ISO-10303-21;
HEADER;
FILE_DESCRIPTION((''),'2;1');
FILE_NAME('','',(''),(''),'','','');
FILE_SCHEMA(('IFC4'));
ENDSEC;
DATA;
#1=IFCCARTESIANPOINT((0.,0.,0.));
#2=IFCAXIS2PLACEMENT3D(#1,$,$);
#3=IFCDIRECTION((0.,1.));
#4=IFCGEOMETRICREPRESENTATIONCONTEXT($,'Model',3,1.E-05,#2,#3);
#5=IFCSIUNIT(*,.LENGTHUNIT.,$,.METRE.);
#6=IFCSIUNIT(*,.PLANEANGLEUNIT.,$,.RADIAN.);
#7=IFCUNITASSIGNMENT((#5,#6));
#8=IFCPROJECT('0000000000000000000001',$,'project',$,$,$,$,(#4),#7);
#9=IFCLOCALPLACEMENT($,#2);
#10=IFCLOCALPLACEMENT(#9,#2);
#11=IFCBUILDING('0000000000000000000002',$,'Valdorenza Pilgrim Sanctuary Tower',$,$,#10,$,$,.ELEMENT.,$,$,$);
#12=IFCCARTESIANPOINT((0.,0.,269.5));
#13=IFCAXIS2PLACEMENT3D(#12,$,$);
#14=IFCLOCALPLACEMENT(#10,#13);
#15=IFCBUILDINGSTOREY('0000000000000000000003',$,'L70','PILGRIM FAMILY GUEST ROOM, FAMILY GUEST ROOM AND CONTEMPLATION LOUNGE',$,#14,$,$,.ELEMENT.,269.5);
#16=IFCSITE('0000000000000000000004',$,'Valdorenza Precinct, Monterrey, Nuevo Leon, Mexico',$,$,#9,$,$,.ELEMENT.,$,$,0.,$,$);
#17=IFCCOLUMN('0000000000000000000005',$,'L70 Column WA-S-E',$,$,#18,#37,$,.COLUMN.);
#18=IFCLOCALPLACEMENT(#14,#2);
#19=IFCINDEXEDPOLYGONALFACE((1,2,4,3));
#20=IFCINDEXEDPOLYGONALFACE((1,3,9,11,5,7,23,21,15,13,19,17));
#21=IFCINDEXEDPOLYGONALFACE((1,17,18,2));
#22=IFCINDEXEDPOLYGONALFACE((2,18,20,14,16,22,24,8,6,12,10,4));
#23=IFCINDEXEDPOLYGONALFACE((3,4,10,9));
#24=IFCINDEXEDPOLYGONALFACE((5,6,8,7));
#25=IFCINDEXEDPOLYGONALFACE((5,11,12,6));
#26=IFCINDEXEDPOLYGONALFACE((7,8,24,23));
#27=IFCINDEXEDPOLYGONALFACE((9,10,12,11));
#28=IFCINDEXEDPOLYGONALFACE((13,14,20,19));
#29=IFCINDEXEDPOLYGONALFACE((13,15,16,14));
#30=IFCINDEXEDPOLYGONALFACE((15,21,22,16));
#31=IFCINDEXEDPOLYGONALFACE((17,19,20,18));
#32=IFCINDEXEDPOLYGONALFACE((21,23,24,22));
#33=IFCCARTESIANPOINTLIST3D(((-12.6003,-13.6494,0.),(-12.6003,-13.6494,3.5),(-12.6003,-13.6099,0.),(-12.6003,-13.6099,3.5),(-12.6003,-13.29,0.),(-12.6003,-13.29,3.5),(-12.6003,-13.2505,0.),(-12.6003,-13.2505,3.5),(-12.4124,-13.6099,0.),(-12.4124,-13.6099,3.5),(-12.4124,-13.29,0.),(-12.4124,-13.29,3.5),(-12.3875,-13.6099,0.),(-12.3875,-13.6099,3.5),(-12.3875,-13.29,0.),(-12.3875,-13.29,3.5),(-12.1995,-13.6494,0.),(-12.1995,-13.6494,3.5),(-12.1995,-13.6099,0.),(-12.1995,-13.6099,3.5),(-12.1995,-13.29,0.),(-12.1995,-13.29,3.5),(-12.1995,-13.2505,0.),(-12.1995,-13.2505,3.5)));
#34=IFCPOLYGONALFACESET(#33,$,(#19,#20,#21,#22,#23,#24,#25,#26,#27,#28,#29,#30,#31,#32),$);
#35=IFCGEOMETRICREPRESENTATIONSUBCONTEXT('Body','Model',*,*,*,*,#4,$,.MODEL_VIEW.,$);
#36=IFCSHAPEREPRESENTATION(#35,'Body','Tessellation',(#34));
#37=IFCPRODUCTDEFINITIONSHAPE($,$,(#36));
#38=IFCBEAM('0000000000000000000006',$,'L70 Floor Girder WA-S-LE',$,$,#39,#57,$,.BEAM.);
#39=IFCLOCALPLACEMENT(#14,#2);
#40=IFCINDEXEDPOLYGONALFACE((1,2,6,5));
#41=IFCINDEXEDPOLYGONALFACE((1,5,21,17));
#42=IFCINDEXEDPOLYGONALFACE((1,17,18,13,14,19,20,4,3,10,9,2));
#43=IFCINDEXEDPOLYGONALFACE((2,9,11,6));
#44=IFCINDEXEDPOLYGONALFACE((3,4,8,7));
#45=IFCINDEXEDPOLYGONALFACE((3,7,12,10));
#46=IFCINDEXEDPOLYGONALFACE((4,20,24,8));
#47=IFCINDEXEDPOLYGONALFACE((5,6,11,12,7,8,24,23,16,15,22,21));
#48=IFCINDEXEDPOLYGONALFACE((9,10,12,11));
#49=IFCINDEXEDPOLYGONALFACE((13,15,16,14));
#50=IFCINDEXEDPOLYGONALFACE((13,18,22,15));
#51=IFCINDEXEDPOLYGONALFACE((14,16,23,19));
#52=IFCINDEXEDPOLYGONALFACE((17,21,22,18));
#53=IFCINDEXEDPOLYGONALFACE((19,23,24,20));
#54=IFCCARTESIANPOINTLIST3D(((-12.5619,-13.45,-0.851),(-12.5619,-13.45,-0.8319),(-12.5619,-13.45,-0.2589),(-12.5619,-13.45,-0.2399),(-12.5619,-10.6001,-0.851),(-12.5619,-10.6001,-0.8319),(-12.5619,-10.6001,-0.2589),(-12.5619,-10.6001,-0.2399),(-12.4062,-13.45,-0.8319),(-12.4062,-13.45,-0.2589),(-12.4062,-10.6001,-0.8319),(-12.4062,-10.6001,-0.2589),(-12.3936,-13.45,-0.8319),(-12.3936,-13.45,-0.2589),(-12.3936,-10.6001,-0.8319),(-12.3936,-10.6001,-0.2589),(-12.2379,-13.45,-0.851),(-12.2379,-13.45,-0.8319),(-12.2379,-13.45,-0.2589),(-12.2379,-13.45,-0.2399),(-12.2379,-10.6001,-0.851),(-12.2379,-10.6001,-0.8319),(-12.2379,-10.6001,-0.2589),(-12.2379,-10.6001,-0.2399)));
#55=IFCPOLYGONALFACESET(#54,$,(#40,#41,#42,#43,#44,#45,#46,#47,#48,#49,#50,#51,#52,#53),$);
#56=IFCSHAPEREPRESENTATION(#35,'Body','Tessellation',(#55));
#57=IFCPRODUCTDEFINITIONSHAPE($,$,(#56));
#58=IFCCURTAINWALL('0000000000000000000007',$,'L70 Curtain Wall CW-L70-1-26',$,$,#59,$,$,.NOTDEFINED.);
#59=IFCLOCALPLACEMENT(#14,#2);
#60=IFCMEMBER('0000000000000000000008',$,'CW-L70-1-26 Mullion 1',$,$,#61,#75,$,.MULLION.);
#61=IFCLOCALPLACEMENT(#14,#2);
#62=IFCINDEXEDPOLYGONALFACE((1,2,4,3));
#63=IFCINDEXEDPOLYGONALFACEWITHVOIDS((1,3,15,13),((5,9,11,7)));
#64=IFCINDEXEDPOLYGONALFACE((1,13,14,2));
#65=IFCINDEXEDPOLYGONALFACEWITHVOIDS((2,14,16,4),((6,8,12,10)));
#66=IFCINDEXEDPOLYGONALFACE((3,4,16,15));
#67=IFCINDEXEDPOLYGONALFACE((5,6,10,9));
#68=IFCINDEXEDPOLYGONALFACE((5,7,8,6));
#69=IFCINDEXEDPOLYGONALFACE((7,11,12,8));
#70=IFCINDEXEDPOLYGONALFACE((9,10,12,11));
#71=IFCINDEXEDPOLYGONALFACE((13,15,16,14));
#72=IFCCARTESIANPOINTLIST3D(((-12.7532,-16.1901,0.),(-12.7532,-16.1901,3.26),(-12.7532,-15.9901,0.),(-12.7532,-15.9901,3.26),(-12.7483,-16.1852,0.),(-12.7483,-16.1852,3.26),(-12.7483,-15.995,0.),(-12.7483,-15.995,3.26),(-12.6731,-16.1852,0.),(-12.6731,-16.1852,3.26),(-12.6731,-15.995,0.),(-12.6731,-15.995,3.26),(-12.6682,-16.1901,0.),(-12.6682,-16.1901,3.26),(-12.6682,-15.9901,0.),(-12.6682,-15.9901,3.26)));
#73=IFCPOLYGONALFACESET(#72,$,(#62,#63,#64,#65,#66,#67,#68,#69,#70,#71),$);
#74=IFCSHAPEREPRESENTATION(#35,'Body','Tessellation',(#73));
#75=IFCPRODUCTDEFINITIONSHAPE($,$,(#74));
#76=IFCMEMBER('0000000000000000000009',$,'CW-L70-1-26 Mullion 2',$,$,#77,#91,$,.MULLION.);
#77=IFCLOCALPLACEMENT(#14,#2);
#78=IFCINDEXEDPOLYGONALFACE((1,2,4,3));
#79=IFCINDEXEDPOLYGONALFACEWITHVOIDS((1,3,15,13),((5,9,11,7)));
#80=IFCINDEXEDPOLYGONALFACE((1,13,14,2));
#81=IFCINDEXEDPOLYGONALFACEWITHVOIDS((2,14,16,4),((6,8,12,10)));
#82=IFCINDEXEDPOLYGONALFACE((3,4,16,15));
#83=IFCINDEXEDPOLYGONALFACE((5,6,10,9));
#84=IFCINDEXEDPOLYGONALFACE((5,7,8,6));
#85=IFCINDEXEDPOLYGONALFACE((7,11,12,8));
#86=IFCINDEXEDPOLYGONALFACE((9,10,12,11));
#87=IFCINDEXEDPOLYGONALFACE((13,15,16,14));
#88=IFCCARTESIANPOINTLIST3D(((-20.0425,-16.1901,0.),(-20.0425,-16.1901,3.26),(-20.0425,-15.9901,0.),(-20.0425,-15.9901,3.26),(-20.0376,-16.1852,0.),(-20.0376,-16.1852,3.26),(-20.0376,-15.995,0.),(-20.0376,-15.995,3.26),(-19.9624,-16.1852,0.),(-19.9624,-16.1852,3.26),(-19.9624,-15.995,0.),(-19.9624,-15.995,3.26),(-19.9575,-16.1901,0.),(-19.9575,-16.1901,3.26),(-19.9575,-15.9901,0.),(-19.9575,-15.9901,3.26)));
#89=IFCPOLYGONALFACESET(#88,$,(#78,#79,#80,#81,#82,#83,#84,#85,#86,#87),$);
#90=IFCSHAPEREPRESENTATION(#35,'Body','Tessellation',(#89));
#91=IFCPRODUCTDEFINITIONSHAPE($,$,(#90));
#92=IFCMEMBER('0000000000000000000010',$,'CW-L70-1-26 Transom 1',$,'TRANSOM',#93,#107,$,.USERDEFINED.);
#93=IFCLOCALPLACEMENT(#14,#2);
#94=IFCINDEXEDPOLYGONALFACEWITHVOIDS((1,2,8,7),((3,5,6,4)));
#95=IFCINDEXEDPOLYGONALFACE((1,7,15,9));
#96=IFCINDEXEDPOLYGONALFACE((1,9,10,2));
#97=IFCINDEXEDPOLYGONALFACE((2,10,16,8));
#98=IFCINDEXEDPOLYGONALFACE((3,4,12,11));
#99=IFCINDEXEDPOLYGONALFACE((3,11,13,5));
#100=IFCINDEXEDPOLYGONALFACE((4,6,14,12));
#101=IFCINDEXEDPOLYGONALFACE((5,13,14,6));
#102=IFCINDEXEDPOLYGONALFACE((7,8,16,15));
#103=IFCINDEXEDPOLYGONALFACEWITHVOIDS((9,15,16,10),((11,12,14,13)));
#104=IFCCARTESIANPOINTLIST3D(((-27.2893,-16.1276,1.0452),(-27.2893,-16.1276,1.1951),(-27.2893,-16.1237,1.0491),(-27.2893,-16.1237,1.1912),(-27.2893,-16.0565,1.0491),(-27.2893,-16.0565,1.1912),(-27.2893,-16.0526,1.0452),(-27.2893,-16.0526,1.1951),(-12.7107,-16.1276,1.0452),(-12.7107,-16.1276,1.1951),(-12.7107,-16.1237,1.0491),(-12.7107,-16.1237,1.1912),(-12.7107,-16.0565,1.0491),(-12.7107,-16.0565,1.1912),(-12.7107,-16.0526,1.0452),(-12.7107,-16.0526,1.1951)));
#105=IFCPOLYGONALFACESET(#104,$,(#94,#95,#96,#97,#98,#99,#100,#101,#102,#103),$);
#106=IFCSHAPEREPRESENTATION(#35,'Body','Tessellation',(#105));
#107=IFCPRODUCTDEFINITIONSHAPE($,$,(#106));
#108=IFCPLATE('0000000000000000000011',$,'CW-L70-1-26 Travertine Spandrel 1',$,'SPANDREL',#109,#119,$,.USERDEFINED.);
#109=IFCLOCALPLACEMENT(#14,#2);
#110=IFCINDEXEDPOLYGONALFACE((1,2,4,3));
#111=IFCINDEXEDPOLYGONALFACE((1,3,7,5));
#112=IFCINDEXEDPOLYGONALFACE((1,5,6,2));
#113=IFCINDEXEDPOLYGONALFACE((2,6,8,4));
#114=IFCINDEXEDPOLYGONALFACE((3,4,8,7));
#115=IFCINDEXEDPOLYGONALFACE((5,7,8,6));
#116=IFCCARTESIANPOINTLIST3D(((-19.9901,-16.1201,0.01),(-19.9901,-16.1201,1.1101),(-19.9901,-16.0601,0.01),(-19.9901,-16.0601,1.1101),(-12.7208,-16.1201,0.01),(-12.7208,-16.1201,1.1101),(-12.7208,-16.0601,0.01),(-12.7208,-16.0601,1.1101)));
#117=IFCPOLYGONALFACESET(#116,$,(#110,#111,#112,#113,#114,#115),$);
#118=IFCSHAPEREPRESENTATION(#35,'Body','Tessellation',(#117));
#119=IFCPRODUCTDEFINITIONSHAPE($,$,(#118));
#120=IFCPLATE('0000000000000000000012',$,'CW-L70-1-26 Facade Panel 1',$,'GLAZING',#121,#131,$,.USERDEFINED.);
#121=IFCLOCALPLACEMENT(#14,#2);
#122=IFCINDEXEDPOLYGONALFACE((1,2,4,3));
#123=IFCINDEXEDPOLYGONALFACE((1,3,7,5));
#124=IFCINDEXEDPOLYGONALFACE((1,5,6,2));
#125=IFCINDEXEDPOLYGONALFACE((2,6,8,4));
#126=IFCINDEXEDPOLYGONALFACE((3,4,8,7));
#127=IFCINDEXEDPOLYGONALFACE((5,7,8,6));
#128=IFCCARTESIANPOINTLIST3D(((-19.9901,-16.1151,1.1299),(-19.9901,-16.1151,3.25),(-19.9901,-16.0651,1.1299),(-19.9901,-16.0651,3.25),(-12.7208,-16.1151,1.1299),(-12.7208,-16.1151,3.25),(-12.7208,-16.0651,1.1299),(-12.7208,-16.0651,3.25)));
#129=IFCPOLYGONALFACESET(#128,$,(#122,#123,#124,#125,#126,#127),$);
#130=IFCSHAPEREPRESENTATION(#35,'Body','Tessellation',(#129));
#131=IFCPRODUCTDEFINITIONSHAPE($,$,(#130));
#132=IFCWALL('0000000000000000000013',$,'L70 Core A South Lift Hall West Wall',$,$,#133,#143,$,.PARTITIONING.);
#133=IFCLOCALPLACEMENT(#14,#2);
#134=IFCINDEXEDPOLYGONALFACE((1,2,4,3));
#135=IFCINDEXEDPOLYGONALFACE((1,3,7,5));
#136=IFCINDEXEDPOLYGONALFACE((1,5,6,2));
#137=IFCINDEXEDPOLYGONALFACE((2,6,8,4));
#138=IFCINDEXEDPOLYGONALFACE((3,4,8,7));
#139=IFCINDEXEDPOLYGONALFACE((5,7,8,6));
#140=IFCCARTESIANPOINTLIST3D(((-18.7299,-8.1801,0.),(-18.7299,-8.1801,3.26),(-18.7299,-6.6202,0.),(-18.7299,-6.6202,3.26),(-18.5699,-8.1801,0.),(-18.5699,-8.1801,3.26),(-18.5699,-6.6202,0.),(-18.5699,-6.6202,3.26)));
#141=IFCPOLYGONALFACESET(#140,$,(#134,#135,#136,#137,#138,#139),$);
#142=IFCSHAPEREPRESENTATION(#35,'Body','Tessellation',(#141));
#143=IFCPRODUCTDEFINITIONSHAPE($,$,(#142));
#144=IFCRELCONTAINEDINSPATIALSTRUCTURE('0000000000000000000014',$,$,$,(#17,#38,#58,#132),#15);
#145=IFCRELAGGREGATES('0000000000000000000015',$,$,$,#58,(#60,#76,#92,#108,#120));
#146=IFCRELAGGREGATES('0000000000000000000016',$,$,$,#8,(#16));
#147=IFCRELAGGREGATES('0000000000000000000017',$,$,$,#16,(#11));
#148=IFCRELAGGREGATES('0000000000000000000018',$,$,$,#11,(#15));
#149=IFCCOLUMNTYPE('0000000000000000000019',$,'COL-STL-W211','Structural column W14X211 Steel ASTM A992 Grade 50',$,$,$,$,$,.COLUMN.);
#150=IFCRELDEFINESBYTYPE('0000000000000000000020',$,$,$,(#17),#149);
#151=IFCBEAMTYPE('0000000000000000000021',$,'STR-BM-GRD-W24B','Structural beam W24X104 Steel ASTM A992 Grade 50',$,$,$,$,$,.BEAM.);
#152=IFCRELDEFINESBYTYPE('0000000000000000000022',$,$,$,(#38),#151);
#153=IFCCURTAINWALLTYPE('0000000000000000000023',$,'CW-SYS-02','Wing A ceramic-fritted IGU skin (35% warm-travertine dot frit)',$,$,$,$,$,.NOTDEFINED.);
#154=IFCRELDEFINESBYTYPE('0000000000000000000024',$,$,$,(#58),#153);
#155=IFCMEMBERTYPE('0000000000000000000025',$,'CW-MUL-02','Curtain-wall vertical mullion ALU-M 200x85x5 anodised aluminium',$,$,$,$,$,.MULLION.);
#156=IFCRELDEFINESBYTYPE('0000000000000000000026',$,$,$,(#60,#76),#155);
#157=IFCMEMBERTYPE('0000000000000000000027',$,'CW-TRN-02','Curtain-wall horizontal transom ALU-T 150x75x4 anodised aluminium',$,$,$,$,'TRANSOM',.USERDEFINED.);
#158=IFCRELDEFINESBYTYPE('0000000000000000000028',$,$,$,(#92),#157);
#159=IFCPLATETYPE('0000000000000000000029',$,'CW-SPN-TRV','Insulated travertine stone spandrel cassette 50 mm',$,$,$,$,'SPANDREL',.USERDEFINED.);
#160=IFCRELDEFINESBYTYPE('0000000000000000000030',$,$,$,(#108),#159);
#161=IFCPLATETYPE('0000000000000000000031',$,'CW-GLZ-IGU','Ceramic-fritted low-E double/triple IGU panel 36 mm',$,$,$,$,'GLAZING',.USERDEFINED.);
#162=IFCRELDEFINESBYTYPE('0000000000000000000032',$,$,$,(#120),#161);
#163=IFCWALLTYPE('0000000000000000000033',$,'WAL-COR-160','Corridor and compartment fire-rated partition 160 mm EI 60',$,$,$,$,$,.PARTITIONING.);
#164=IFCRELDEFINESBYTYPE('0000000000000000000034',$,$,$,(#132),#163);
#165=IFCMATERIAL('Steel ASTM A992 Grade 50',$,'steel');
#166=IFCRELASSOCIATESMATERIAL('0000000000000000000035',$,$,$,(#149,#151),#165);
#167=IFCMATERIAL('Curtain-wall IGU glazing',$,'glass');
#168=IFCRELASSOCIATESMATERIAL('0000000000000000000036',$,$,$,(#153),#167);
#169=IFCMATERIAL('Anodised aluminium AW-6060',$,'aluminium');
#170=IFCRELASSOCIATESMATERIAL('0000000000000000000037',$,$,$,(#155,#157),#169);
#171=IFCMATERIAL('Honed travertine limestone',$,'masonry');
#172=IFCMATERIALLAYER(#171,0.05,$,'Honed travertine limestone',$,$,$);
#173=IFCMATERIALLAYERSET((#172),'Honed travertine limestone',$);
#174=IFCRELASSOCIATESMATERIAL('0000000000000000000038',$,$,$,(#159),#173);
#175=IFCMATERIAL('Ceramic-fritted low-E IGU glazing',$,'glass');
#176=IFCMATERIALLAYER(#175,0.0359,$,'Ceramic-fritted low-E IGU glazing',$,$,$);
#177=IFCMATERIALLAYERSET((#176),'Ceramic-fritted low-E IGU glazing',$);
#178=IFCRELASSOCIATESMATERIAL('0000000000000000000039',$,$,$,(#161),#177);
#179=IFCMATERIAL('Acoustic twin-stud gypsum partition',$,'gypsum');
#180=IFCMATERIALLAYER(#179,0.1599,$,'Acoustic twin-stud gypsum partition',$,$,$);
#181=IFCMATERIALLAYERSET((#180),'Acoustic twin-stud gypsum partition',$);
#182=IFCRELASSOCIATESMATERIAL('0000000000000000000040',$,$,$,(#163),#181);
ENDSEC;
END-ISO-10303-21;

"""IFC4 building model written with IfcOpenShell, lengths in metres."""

from ifc_helpers import new_model, si_unit, direction, frame, frame_2d, origin, origin_2d, place, context, subcontext, project, spatial, rectangle, hollow_rectangle, i_section, extrude, source, transform, mapped, material, layer, layer_set, material_profile, profile_set, type_object, element, aggregate, save


model = new_model("IFC4")

# Units and contexts
model_context = context("Model", 3, precision=1e-05, world=origin(), true_north=direction((0.0, 1.0)))
body_context = subcontext(model_context, "Body", "Model", "MODEL_VIEW")
ifc_project = project(units=[si_unit("LENGTHUNIT", "METRE"), si_unit("PLANEANGLEUNIT", "RADIAN")], contexts=[model_context])

# Site, building, storey
site_placement = place(None, origin())
site = spatial("IfcSite", under=ifc_project, at=site_placement, Name="Valdorenza Precinct, Monterrey, Nuevo Leon, Mexico", CompositionType="ELEMENT", RefElevation=0.0)
building_placement = place(site_placement, origin())
building = spatial("IfcBuilding", under=site, at=building_placement, Name="Valdorenza Pilgrim Sanctuary Tower", CompositionType="ELEMENT")
storey_placement = place(building_placement, frame((0.0, 0.0, 269.5)))
storey = spatial("IfcBuildingStorey", under=building, at=storey_placement, Name="L70", Description="PILGRIM FAMILY GUEST ROOM, FAMILY GUEST ROOM AND CONTEMPLATION LOUNGE", CompositionType="ELEMENT", Elevation=269.5)

# Column
ifc_material_1 = material(Name="Steel ASTM A992 Grade 50", Category="steel")
ifc_material_profile_1 = material_profile(ifc_material_1, i_section(OverallWidth=0.4009, OverallDepth=0.3989, WebThickness=0.0249, FlangeThickness=0.0396, at=origin_2d()), Name="W14X211")
ifc_profile_set_1 = profile_set([ifc_material_profile_1], Name="Steel ASTM A992 Grade 50")
column_type = type_object("IfcColumnType", Name="COL-STL-W211", Description="Structural column W14X211 Steel ASTM A992 Grade 50", PredefinedType="COLUMN", material=ifc_profile_set_1)
shared_shape_1 = source(origin(), body_context, "Body", "SweptSolid", [
    extrude(i_section(OverallWidth=0.4009, OverallDepth=0.3989, WebThickness=0.0249, FlangeThickness=0.0396, at=origin_2d()), origin(), (0.0, 0.0, 1.0), 3.5),
])
column_placement = place(storey_placement, frame((-12.3999, -13.45, 0.0), z_axis=(0.0, 0.0, 1.0), x_axis=(1.0, 0.0, 0.0)))
element("IfcColumn", 1, at=column_placement, inside=storey, type_object=column_type, Name="L70 Column WA-S-E", PredefinedType="COLUMN", context=body_context, shape_type="MappedRepresentation", body=[
    mapped(shared_shape_1, transform((0.0, 0.0, 0.0), x_axis=(1.0, 0.0, 0.0), y_axis=(0.0, 1.0, 0.0), z_axis=(0.0, 0.0, 1.0), scale=1.0)),
])

# Beam
ifc_material_profile_2 = material_profile(ifc_material_1, i_section(OverallWidth=0.324, OverallDepth=0.6111, WebThickness=0.0127, FlangeThickness=0.019, at=origin_2d()), Name="W24X104")
ifc_profile_set_2 = profile_set([ifc_material_profile_2], Name="Steel ASTM A992 Grade 50")
beam_type = type_object("IfcBeamType", Name="STR-BM-GRD-W24B", Description="Structural beam W24X104 Steel ASTM A992 Grade 50", PredefinedType="BEAM", material=ifc_profile_set_2)
shared_shape_2 = source(origin(), body_context, "Body", "SweptSolid", [
    extrude(i_section(OverallWidth=0.324, OverallDepth=0.6111, WebThickness=0.0127, FlangeThickness=0.019, at=origin_2d()), origin(), (0.0, 0.0, 1.0), 2.8499),
])
beam_placement = place(storey_placement, frame((-12.3999, -13.45, -0.5454), z_axis=(0.0, 1.0, 0.0), x_axis=(-1.0, 0.0, 0.0)))
element("IfcBeam", 2, at=beam_placement, inside=storey, type_object=beam_type, Name="L70 Floor Girder WA-S-LE", PredefinedType="BEAM", context=body_context, shape_type="MappedRepresentation", body=[
    mapped(shared_shape_2, transform((0.0, 0.0, 0.0), x_axis=(1.0, 0.0, 0.0), y_axis=(0.0, 1.0, 0.0), z_axis=(0.0, 0.0, 1.0), scale=1.0)),
])

# Curtain wall, members, plates
ifc_material_2 = material(Name="Curtain-wall IGU glazing", Category="glass")
curtain_wall_type = type_object("IfcCurtainWallType", Name="CW-SYS-02", Description="Wing A ceramic-fritted IGU skin (35% warm-travertine dot frit)", PredefinedType="NOTDEFINED", material=ifc_material_2)
curtain_wall_placement = place(storey_placement, origin())
curtain_wall = element("IfcCurtainWall", 3, at=curtain_wall_placement, inside=storey, type_object=curtain_wall_type, Name="L70 Curtain Wall CW-L70-1-26", PredefinedType="NOTDEFINED")
ifc_material_3 = material(Name="Anodised aluminium AW-6060", Category="aluminium")
ifc_material_profile_3 = material_profile(ifc_material_3, hollow_rectangle(XDim=0.085, YDim=0.2, WallThickness=0.0049, at=origin_2d()), Name="ALU-M 200x85x5")
ifc_profile_set_3 = profile_set([ifc_material_profile_3], Name="Anodised aluminium AW-6060")
member_type_1 = type_object("IfcMemberType", Name="CW-MUL-02", Description="Curtain-wall vertical mullion ALU-M 200x85x5 anodised aluminium", PredefinedType="MULLION", material=ifc_profile_set_3)
shared_shape_3 = source(origin(), body_context, "Body", "SweptSolid", [
    extrude(hollow_rectangle(XDim=0.085, YDim=0.2, WallThickness=0.0049, at=origin_2d()), origin(), (0.0, 0.0, 1.0), 3.26),
])
member_1_placement = place(storey_placement, frame((-12.7107, -16.0901, 0.0), z_axis=(0.0, 0.0, 1.0), x_axis=(-1.0, 0.0, 0.0)))
member_1 = element("IfcMember", 4, at=member_1_placement, type_object=member_type_1, Name="CW-L70-1-26 Mullion 1", PredefinedType="MULLION", context=body_context, shape_type="MappedRepresentation", body=[
    mapped(shared_shape_3, transform((0.0, 0.0, 0.0), x_axis=(1.0, 0.0, 0.0), y_axis=(0.0, 1.0, 0.0), z_axis=(0.0, 0.0, 1.0), scale=1.0)),
])
member_2_placement = place(storey_placement, frame((-20.0, -16.0901, 0.0), z_axis=(0.0, 0.0, 1.0), x_axis=(-1.0, 0.0, 0.0)))
member_2 = element("IfcMember", 5, at=member_2_placement, type_object=member_type_1, Name="CW-L70-1-26 Mullion 2", PredefinedType="MULLION", context=body_context, shape_type="MappedRepresentation", body=[
    mapped(shared_shape_3, transform((0.0, 0.0, 0.0), x_axis=(1.0, 0.0, 0.0), y_axis=(0.0, 1.0, 0.0), z_axis=(0.0, 0.0, 1.0), scale=1.0)),
])
ifc_material_profile_4 = material_profile(ifc_material_3, hollow_rectangle(XDim=0.075, YDim=0.1499, WallThickness=0.0039, at=origin_2d()), Name="ALU-T 150x75x4")
ifc_profile_set_4 = profile_set([ifc_material_profile_4], Name="Anodised aluminium AW-6060")
member_type_2 = type_object("IfcMemberType", Name="CW-TRN-02", Description="Curtain-wall horizontal transom ALU-T 150x75x4 anodised aluminium", ElementType="TRANSOM", PredefinedType="USERDEFINED", material=ifc_profile_set_4)
shared_shape_4 = source(origin(), body_context, "Body", "SweptSolid", [
    extrude(hollow_rectangle(XDim=0.075, YDim=0.1499, WallThickness=0.0039, at=origin_2d()), origin(), (0.0, 0.0, 1.0), 14.5786),
])
member_3_placement = place(storey_placement, frame((-12.7107, -16.0901, 1.1201), z_axis=(-1.0, 0.0, 0.0), x_axis=(0.0, -1.0, 0.0)))
member_3 = element("IfcMember", 6, at=member_3_placement, type_object=member_type_2, Name="CW-L70-1-26 Transom 1", ObjectType="TRANSOM", PredefinedType="USERDEFINED", context=body_context, shape_type="MappedRepresentation", body=[
    mapped(shared_shape_4, transform((0.0, 0.0, 0.0), x_axis=(1.0, 0.0, 0.0), y_axis=(0.0, 1.0, 0.0), z_axis=(0.0, 0.0, 1.0), scale=1.0)),
])
ifc_material_4 = material(Name="Honed travertine limestone", Category="masonry")
ifc_layer_1 = layer(ifc_material_4, 0.05, Name="Honed travertine limestone")
ifc_layer_set_1 = layer_set([ifc_layer_1], Name="Honed travertine limestone")
plate_type_1 = type_object("IfcPlateType", Name="CW-SPN-TRV", Description="Insulated travertine stone spandrel cassette 50 mm", ElementType="SPANDREL", PredefinedType="USERDEFINED", material=ifc_layer_set_1)
shared_shape_5 = source(origin(), body_context, "Body", "SweptSolid", [
    extrude(rectangle(XDim=7.2693, YDim=0.0601, at=origin_2d()), origin(), (0.0, 0.0, 1.0), 1.1001),
])
plate_1_placement = place(storey_placement, frame((-16.3555, -16.0901, 0.01), z_axis=(0.0, 0.0, 1.0), x_axis=(-1.0, 0.0, 0.0)))
plate_1 = element("IfcPlate", 7, at=plate_1_placement, type_object=plate_type_1, Name="CW-L70-1-26 Travertine Spandrel 1", ObjectType="SPANDREL", PredefinedType="USERDEFINED", context=body_context, shape_type="MappedRepresentation", body=[
    mapped(shared_shape_5, transform((0.0, 0.0, 0.0), x_axis=(1.0, 0.0, 0.0), y_axis=(0.0, 1.0, 0.0), z_axis=(0.0, 0.0, 1.0), scale=1.0)),
])
ifc_material_5 = material(Name="Ceramic-fritted low-E IGU glazing", Category="glass")
ifc_layer_2 = layer(ifc_material_5, 0.0359, Name="Ceramic-fritted low-E IGU glazing")
ifc_layer_set_2 = layer_set([ifc_layer_2], Name="Ceramic-fritted low-E IGU glazing")
plate_type_2 = type_object("IfcPlateType", Name="CW-GLZ-IGU", Description="Ceramic-fritted low-E double/triple IGU panel 36 mm", ElementType="GLAZING", PredefinedType="USERDEFINED", material=ifc_layer_set_2)
shared_shape_6 = source(origin(), body_context, "Body", "SweptSolid", [
    extrude(rectangle(XDim=7.2693, YDim=0.05, at=origin_2d()), origin(), (0.0, 0.0, 1.0), 2.1201),
])
plate_2_placement = place(storey_placement, frame((-16.3555, -16.0901, 1.1299), z_axis=(0.0, 0.0, 1.0), x_axis=(-1.0, 0.0, 0.0)))
plate_2 = element("IfcPlate", 8, at=plate_2_placement, type_object=plate_type_2, Name="CW-L70-1-26 Facade Panel 1", ObjectType="GLAZING", PredefinedType="USERDEFINED", context=body_context, shape_type="MappedRepresentation", body=[
    mapped(shared_shape_6, transform((0.0, 0.0, 0.0), x_axis=(1.0, 0.0, 0.0), y_axis=(0.0, 1.0, 0.0), z_axis=(0.0, 0.0, 1.0), scale=1.0)),
])
aggregate(curtain_wall, [member_1, member_2, member_3, plate_1, plate_2])

# Wall
ifc_material_6 = material(Name="Acoustic twin-stud gypsum partition", Category="gypsum")
ifc_layer_3 = layer(ifc_material_6, 0.1599, Name="Acoustic twin-stud gypsum partition")
ifc_layer_set_3 = layer_set([ifc_layer_3], Name="Acoustic twin-stud gypsum partition")
wall_type_1 = type_object("IfcWallType", Name="WAL-COR-160", Description="Corridor and compartment fire-rated partition 160 mm EI 60", PredefinedType="PARTITIONING", material=ifc_layer_set_3)
wall_1_placement = place(storey_placement, frame((-18.6499, -8.1799, 0.0), z_axis=(0.0, 0.0, 1.0), x_axis=(0.0, 1.0, 0.0)))
element("IfcWall", 9, at=wall_1_placement, inside=storey, type_object=wall_type_1, Name="L70 Core A South Lift Hall West Wall", PredefinedType="PARTITIONING", context=body_context, shape_type="SweptSolid", body=[
    extrude(rectangle(XDim=1.5598, YDim=0.1599, at=frame_2d((0.7798, 0.0))), origin(), (0.0, 0.0, 1.0), 3.26),
])

save(model, "model.ifc")
